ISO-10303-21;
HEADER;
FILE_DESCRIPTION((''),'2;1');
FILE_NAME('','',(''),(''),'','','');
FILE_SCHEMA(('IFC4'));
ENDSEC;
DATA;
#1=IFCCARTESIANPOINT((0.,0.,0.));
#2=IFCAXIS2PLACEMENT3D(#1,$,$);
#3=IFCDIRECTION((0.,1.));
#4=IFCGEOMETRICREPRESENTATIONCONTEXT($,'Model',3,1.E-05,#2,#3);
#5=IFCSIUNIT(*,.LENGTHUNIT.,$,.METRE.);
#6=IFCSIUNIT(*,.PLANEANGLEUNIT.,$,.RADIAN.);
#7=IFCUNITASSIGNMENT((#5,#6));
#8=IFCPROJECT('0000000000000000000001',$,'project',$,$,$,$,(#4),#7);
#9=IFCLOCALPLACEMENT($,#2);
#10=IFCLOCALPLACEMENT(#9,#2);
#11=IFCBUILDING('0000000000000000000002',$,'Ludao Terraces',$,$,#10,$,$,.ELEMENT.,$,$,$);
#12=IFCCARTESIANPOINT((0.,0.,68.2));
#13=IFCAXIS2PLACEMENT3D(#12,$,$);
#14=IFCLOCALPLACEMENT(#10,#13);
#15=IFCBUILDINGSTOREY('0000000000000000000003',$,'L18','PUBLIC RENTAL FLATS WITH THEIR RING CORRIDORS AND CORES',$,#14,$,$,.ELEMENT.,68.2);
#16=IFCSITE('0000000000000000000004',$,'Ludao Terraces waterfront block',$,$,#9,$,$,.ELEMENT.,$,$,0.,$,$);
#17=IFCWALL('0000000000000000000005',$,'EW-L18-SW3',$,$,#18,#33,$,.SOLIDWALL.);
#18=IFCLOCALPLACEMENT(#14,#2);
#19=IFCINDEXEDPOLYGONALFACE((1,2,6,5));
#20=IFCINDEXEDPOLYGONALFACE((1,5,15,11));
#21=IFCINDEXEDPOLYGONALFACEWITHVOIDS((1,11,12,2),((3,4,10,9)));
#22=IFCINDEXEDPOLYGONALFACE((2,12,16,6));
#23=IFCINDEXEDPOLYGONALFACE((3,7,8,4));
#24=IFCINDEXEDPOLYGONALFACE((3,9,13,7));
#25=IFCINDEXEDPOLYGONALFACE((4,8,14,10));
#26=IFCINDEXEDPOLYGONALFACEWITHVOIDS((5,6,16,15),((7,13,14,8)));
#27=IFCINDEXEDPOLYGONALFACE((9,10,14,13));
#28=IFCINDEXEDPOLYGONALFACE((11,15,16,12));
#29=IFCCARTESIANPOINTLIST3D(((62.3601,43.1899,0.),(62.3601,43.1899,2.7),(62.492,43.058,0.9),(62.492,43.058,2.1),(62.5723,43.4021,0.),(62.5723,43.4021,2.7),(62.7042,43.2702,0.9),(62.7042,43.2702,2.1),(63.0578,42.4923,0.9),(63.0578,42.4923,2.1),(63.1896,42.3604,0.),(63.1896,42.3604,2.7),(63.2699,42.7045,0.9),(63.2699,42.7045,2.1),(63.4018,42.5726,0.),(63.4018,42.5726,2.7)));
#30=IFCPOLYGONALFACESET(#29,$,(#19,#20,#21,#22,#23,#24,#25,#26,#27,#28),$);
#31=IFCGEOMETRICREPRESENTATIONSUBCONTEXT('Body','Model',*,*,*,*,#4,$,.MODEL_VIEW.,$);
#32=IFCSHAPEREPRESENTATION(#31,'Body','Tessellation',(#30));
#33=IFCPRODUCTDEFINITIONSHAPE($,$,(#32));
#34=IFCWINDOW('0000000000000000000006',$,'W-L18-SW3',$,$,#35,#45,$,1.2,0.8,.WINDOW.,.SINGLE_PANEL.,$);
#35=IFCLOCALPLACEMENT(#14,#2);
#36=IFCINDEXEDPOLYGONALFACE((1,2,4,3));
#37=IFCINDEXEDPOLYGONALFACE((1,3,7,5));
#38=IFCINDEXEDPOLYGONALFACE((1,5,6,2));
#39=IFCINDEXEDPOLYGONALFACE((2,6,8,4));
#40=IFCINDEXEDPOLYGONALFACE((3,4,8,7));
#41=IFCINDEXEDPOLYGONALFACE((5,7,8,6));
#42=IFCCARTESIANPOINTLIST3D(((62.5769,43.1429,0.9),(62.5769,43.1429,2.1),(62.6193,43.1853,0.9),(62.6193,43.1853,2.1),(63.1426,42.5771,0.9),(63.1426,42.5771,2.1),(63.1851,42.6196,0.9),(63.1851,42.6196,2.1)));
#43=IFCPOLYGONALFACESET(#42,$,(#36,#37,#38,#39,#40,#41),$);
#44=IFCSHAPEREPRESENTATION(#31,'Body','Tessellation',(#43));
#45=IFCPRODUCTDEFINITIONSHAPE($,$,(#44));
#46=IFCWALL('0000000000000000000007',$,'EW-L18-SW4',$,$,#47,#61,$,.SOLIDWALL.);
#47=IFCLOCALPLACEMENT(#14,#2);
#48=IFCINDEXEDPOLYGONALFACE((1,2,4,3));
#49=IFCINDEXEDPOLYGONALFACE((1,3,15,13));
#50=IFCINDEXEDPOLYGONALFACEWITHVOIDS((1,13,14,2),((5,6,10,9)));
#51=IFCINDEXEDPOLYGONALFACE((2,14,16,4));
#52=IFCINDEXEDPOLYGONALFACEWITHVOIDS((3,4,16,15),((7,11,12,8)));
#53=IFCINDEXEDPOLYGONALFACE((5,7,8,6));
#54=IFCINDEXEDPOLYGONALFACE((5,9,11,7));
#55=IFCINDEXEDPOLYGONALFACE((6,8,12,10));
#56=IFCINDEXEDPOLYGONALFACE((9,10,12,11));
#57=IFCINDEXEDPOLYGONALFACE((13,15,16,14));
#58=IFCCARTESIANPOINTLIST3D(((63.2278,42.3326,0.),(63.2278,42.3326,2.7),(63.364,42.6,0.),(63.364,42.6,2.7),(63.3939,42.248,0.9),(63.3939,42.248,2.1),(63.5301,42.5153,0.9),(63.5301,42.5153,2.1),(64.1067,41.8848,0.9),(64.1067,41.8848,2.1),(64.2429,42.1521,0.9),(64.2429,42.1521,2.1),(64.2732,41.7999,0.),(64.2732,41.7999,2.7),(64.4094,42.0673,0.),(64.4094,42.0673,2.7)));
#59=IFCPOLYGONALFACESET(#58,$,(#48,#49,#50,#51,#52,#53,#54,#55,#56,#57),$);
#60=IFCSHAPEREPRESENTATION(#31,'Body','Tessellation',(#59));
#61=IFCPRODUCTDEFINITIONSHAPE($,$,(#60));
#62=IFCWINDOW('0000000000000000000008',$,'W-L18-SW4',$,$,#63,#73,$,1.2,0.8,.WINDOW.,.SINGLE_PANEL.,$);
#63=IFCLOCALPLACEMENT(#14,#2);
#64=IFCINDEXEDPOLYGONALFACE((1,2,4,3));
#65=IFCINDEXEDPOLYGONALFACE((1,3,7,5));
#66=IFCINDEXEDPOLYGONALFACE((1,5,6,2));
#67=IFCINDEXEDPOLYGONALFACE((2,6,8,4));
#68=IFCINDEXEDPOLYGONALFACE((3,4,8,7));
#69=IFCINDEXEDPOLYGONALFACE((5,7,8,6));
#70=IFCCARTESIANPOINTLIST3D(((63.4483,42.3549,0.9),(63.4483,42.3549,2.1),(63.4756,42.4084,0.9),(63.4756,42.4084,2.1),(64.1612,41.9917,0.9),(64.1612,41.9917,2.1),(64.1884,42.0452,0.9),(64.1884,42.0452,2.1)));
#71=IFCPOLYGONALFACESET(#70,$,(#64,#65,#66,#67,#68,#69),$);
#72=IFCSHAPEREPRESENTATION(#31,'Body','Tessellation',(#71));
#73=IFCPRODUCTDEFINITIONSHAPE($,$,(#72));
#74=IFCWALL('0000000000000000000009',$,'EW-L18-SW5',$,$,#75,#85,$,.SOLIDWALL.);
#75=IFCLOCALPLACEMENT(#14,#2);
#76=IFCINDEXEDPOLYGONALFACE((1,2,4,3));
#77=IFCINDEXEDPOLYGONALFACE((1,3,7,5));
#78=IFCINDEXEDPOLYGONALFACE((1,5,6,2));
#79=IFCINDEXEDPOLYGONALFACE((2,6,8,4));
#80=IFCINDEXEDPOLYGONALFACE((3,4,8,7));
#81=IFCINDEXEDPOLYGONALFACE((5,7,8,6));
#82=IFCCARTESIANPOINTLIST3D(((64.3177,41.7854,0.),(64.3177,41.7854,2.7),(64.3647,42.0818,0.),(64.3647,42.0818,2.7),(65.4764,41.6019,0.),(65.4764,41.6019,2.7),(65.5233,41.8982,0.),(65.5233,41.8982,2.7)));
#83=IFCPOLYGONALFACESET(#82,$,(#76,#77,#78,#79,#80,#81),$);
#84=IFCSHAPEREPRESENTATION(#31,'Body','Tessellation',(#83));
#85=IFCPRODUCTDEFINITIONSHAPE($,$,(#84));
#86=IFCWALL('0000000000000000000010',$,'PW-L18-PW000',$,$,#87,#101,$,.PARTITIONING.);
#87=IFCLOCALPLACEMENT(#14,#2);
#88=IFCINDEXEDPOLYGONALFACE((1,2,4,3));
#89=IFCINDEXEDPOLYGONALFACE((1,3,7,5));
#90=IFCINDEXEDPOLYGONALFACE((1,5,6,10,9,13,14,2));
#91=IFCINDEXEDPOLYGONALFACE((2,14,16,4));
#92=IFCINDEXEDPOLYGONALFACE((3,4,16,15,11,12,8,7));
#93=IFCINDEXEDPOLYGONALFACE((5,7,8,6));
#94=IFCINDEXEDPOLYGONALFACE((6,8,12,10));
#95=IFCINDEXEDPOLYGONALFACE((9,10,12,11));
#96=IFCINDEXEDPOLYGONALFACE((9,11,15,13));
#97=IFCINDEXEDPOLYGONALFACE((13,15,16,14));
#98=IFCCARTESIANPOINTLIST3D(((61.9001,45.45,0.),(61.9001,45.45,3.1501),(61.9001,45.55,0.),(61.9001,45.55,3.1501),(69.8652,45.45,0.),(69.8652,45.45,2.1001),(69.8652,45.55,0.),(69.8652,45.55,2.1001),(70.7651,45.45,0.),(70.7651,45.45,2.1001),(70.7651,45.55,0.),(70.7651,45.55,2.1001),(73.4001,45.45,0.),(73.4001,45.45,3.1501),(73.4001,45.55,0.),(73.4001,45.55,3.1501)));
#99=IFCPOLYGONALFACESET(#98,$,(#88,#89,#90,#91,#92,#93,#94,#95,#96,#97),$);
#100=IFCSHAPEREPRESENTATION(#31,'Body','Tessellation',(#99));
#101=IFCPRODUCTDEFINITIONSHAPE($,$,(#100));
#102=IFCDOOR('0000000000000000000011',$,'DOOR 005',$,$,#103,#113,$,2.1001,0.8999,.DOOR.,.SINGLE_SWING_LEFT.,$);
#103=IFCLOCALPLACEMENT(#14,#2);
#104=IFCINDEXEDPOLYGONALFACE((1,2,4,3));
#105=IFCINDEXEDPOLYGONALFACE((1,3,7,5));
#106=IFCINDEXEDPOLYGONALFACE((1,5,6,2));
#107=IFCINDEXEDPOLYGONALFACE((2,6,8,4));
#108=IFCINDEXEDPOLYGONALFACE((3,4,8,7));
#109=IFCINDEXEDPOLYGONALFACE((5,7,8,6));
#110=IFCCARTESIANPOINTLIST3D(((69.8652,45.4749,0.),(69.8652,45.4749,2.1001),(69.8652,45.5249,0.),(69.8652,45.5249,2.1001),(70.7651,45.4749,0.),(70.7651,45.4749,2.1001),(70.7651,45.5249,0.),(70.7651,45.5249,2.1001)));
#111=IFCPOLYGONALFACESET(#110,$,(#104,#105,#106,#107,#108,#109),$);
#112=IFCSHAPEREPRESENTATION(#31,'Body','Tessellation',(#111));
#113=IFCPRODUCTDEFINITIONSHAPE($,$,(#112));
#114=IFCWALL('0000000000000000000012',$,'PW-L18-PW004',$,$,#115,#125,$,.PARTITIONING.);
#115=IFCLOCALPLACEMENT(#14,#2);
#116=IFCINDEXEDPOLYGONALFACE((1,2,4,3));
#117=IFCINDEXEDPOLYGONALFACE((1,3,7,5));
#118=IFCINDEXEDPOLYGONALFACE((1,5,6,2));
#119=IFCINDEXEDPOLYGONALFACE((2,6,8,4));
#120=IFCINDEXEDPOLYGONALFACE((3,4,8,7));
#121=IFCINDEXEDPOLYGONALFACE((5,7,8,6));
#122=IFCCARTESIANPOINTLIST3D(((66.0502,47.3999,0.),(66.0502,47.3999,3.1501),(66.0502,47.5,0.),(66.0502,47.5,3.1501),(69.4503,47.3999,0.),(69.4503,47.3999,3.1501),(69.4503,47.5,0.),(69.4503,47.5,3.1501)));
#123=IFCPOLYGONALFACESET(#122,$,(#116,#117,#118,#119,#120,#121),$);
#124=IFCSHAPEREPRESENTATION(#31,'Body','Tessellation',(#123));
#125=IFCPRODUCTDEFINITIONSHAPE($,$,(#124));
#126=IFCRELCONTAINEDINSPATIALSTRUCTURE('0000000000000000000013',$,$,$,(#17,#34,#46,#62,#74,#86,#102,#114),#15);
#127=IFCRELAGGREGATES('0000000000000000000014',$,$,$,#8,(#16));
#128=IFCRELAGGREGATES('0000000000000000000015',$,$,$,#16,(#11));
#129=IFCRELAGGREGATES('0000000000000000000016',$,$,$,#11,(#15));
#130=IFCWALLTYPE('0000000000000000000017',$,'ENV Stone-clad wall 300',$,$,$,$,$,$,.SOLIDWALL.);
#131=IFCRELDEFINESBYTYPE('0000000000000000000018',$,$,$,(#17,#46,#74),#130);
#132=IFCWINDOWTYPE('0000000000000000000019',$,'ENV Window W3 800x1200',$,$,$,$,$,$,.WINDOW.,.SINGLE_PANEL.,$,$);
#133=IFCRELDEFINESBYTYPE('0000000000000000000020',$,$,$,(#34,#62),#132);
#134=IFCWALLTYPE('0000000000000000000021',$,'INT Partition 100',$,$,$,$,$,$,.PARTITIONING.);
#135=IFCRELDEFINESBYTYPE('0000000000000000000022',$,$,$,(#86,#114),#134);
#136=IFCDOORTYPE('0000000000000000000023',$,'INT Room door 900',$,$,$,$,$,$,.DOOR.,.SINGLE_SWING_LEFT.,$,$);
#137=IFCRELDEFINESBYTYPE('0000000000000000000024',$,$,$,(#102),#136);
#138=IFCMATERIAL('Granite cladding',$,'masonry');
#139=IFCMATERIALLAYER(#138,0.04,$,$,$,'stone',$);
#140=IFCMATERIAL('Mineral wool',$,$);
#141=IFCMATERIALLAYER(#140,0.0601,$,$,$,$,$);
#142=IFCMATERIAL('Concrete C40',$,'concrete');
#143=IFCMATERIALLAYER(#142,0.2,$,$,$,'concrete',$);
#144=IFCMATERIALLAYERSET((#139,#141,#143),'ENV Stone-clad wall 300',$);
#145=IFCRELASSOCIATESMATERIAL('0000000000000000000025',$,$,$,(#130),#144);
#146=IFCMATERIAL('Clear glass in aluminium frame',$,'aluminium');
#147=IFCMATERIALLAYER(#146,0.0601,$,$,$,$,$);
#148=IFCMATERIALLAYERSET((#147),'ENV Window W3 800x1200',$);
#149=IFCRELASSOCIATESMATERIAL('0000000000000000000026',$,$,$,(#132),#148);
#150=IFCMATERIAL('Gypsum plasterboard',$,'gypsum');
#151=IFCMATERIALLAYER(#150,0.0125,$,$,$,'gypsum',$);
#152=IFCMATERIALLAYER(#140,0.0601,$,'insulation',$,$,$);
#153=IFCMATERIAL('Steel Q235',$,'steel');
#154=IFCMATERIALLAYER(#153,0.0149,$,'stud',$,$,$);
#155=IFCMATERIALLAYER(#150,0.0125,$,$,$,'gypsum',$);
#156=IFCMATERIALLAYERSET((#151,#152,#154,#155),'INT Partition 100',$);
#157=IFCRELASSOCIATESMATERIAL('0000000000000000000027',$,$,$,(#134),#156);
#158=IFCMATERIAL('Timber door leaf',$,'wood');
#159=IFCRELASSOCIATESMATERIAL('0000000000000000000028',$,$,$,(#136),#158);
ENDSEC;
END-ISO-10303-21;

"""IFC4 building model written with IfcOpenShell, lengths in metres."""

from ifc_helpers import new_model, si_unit, direction, frame, frame_2d, origin, place, context, subcontext, project, spatial, rectangle, extrude, material, layer, layer_set, type_object, element, fill, save


model = new_model("IFC4")

# Units and contexts
model_context = context("Model", 3, precision=1e-05, world=origin(), true_north=direction((0.0, 1.0)))
body_context = subcontext(model_context, "Body", "Model", "MODEL_VIEW")
ifc_project = project(units=[si_unit("LENGTHUNIT", "METRE"), si_unit("PLANEANGLEUNIT", "RADIAN")], contexts=[model_context])

# Site, building, storey
site_placement = place(None, origin())
site = spatial("IfcSite", under=ifc_project, at=site_placement, Name="Ludao Terraces waterfront block", CompositionType="ELEMENT", RefElevation=0.0)
building_placement = place(site_placement, origin())
building = spatial("IfcBuilding", under=site, at=building_placement, Name="Ludao Terraces", CompositionType="ELEMENT")
storey_placement = place(building_placement, frame((0.0, 0.0, 68.2)))
storey = spatial("IfcBuildingStorey", under=building, at=storey_placement, Name="L18", Description="PUBLIC RENTAL FLATS WITH THEIR RING CORRIDORS AND CORES", CompositionType="ELEMENT", Elevation=68.2)

# Shared definitions
ifc_material_1 = material(Name="Concrete C40", Category="concrete")

# Shared definitions
ifc_material_2 = material(Name="Granite cladding", Category="masonry")
ifc_layer_1 = layer(ifc_material_2, 0.04, Category="stone")
ifc_material_3 = material(Name="Mineral wool")
ifc_layer_2 = layer(ifc_material_3, 0.0601)
ifc_layer_3 = layer(ifc_material_1, 0.2, Category="concrete")
ifc_layer_set_1 = layer_set([ifc_layer_1, ifc_layer_2, ifc_layer_3], Name="ENV Stone-clad wall 300")
wall_type_1 = type_object("IfcWallType", Name="ENV Stone-clad wall 300", PredefinedType="SOLIDWALL", material=ifc_layer_set_1)
ifc_material_4 = material(Name="Clear glass in aluminium frame", Category="aluminium")

# Walls, openings, windows
ifc_layer_4 = layer(ifc_material_4, 0.0601)
ifc_layer_set_2 = layer_set([ifc_layer_4], Name="ENV Window W3 800x1200")
window_type_1 = type_object("IfcWindowType", Name="ENV Window W3 800x1200", PartitioningType="SINGLE_PANEL", PredefinedType="WINDOW", material=ifc_layer_set_2)
wall_1_placement = place(storey_placement, frame((62.4663, 43.2959, 0.0), z_axis=(0.0, 0.0, 1.0), x_axis=(0.707107, -0.707107, 0.0)))
wall_1 = element("IfcWall", 1, at=wall_1_placement, inside=storey, type_object=wall_type_1, Name="EW-L18-SW3", PredefinedType="SOLIDWALL", context=body_context, shape_type="SweptSolid", body=[
    extrude(rectangle(XDim=1.1731, YDim=0.3, at=frame_2d((0.5864, 0.0))), origin(), (0.0, 0.0, 1.0), 2.7),
])
opening_1_placement = place(wall_1_placement, frame((0.1865, 0.0, 0.8999)))
opening_1 = element("IfcOpeningElement", 2, at=opening_1_placement, cuts=wall_1, PredefinedType="OPENING", context=body_context, shape_type="SweptSolid", body=[
    extrude(rectangle(XDim=0.8, YDim=1.2, at=frame_2d((0.3999, 0.6001))), frame((0.0, 0.1602, 0.0), z_axis=(0.0, -1.0, 0.0), x_axis=(1.0, 0.0, 0.0)), (0.0, 0.0, 1.0), 0.3201),
])
window_1_placement = place(opening_1_placement, origin())
window_1 = element("IfcWindow", 3, at=window_1_placement, inside=storey, type_object=window_type_1, Name="W-L18-SW3", OverallHeight=1.2, OverallWidth=0.8, PartitioningType="SINGLE_PANEL", PredefinedType="WINDOW", context=body_context, shape_type="SweptSolid", body=[
    extrude(rectangle(XDim=0.8, YDim=1.2, at=frame_2d((0.3999, 0.6001))), frame((0.0, 0.03, 0.0), z_axis=(0.0, -1.0, 0.0), x_axis=(1.0, 0.0, 0.0)), (0.0, 0.0, 1.0), 0.0601),
])
fill(opening_1, window_1)
wall_2_placement = place(storey_placement, frame((63.2959, 42.4663, 0.0), z_axis=(0.0, 0.0, 1.0), x_axis=(0.890989, -0.454026, 0.0)))
wall_2 = element("IfcWall", 4, at=wall_2_placement, inside=storey, type_object=wall_type_1, Name="EW-L18-SW4", PredefinedType="SOLIDWALL", context=body_context, shape_type="SweptSolid", body=[
    extrude(rectangle(XDim=1.1733, YDim=0.3, at=frame_2d((0.5867, 0.0))), origin(), (0.0, 0.0, 1.0), 2.7),
])
opening_2_placement = place(wall_2_placement, frame((0.1865, 0.0, 0.8999)))
opening_2 = element("IfcOpeningElement", 5, at=opening_2_placement, cuts=wall_2, PredefinedType="OPENING", context=body_context, shape_type="SweptSolid", body=[
    extrude(rectangle(XDim=0.8, YDim=1.2, at=frame_2d((0.3999, 0.6001))), frame((0.0, 0.1602, 0.0), z_axis=(0.0, -1.0, 0.0), x_axis=(1.0, 0.0, 0.0)), (0.0, 0.0, 1.0), 0.3201),
])
window_2_placement = place(opening_2_placement, origin())
window_2 = element("IfcWindow", 6, at=window_2_placement, inside=storey, type_object=window_type_1, Name="W-L18-SW4", OverallHeight=1.2, OverallWidth=0.8, PartitioningType="SINGLE_PANEL", PredefinedType="WINDOW", context=body_context, shape_type="SweptSolid", body=[
    extrude(rectangle(XDim=0.8, YDim=1.2, at=frame_2d((0.3999, 0.6001))), frame((0.0, 0.03, 0.0), z_axis=(0.0, -1.0, 0.0), x_axis=(1.0, 0.0, 0.0)), (0.0, 0.0, 1.0), 0.0601),
])
fill(opening_2, window_2)

# Wall
wall_3_placement = place(storey_placement, frame((64.3413, 41.9336, 0.0), z_axis=(0.0, 0.0, 1.0), x_axis=(0.987678, -0.156497, 0.0)))
element("IfcWall", 7, at=wall_3_placement, inside=storey, type_object=wall_type_1, Name="EW-L18-SW5", PredefinedType="SOLIDWALL", context=body_context, shape_type="SweptSolid", body=[
    extrude(rectangle(XDim=1.1731, YDim=0.3, at=frame_2d((0.5864, 0.0))), origin(), (0.0, 0.0, 1.0), 2.7),
])

# Wall, opening, door
ifc_material_5 = material(Name="Gypsum plasterboard", Category="gypsum")
ifc_layer_5 = layer(ifc_material_5, 0.0125, Category="gypsum")
ifc_layer_6 = layer(ifc_material_3, 0.0601, Name="insulation")
ifc_material_6 = material(Name="Steel Q235", Category="steel")
ifc_layer_7 = layer(ifc_material_6, 0.0149, Name="stud")
ifc_layer_8 = layer(ifc_material_5, 0.0125, Category="gypsum")
ifc_layer_set_3 = layer_set([ifc_layer_5, ifc_layer_6, ifc_layer_7, ifc_layer_8], Name="INT Partition 100")
wall_type_2 = type_object("IfcWallType", Name="INT Partition 100", PredefinedType="PARTITIONING", material=ifc_layer_set_3)
wall_4_placement = place(storey_placement, frame((61.9001, 45.5, 0.0), z_axis=(0.0, 0.0, 1.0), x_axis=(1.0, 0.0, 0.0)))
wall_4 = element("IfcWall", 8, at=wall_4_placement, inside=storey, type_object=wall_type_2, Name="PW-L18-PW000", PredefinedType="PARTITIONING", context=body_context, shape_type="SweptSolid", body=[
    extrude(rectangle(XDim=11.5, YDim=0.1001, at=frame_2d((5.75, 0.0))), origin(), (0.0, 0.0, 1.0), 3.1501),
])
opening_3_placement = place(wall_4_placement, frame((7.9651, 0.0, 0.0)))
opening_3 = element("IfcOpeningElement", 9, at=opening_3_placement, cuts=wall_4, PredefinedType="OPENING", context=body_context, shape_type="SweptSolid", body=[
    extrude(rectangle(XDim=0.8999, YDim=2.1001, at=frame_2d((0.45, 1.05))), frame((0.0, 0.0601, 0.0), z_axis=(0.0, -1.0, 0.0), x_axis=(1.0, 0.0, 0.0)), (0.0, 0.0, 1.0), 0.1201),
])
ifc_material_7 = material(Name="Timber door leaf", Category="wood")
door_type = type_object("IfcDoorType", Name="INT Room door 900", OperationType="SINGLE_SWING_LEFT", PredefinedType="DOOR", material=ifc_material_7)
door_placement = place(opening_3_placement, origin())
door = element("IfcDoor", 10, at=door_placement, inside=storey, type_object=door_type, Name="DOOR 005", OperationType="SINGLE_SWING_LEFT", OverallHeight=2.1001, OverallWidth=0.8999, PredefinedType="DOOR", context=body_context, shape_type="SweptSolid", body=[
    extrude(rectangle(XDim=0.8999, YDim=2.1001, at=frame_2d((0.45, 1.05))), frame((0.0, 0.0249, 0.0), z_axis=(0.0, -1.0, 0.0), x_axis=(1.0, 0.0, 0.0)), (0.0, 0.0, 1.0), 0.05),
])
fill(opening_3, door)

# Wall
wall_5_placement = place(storey_placement, frame((66.05, 47.45, 0.0), z_axis=(0.0, 0.0, 1.0), x_axis=(1.0, 0.0, 0.0)))
element("IfcWall", 11, at=wall_5_placement, inside=storey, type_object=wall_type_2, Name="PW-L18-PW004", PredefinedType="PARTITIONING", context=body_context, shape_type="SweptSolid", body=[
    extrude(rectangle(XDim=3.4001, YDim=0.1001, at=frame_2d((1.7002, 0.0))), origin(), (0.0, 0.0, 1.0), 3.1501),
])

save(model, "model.ifc")
